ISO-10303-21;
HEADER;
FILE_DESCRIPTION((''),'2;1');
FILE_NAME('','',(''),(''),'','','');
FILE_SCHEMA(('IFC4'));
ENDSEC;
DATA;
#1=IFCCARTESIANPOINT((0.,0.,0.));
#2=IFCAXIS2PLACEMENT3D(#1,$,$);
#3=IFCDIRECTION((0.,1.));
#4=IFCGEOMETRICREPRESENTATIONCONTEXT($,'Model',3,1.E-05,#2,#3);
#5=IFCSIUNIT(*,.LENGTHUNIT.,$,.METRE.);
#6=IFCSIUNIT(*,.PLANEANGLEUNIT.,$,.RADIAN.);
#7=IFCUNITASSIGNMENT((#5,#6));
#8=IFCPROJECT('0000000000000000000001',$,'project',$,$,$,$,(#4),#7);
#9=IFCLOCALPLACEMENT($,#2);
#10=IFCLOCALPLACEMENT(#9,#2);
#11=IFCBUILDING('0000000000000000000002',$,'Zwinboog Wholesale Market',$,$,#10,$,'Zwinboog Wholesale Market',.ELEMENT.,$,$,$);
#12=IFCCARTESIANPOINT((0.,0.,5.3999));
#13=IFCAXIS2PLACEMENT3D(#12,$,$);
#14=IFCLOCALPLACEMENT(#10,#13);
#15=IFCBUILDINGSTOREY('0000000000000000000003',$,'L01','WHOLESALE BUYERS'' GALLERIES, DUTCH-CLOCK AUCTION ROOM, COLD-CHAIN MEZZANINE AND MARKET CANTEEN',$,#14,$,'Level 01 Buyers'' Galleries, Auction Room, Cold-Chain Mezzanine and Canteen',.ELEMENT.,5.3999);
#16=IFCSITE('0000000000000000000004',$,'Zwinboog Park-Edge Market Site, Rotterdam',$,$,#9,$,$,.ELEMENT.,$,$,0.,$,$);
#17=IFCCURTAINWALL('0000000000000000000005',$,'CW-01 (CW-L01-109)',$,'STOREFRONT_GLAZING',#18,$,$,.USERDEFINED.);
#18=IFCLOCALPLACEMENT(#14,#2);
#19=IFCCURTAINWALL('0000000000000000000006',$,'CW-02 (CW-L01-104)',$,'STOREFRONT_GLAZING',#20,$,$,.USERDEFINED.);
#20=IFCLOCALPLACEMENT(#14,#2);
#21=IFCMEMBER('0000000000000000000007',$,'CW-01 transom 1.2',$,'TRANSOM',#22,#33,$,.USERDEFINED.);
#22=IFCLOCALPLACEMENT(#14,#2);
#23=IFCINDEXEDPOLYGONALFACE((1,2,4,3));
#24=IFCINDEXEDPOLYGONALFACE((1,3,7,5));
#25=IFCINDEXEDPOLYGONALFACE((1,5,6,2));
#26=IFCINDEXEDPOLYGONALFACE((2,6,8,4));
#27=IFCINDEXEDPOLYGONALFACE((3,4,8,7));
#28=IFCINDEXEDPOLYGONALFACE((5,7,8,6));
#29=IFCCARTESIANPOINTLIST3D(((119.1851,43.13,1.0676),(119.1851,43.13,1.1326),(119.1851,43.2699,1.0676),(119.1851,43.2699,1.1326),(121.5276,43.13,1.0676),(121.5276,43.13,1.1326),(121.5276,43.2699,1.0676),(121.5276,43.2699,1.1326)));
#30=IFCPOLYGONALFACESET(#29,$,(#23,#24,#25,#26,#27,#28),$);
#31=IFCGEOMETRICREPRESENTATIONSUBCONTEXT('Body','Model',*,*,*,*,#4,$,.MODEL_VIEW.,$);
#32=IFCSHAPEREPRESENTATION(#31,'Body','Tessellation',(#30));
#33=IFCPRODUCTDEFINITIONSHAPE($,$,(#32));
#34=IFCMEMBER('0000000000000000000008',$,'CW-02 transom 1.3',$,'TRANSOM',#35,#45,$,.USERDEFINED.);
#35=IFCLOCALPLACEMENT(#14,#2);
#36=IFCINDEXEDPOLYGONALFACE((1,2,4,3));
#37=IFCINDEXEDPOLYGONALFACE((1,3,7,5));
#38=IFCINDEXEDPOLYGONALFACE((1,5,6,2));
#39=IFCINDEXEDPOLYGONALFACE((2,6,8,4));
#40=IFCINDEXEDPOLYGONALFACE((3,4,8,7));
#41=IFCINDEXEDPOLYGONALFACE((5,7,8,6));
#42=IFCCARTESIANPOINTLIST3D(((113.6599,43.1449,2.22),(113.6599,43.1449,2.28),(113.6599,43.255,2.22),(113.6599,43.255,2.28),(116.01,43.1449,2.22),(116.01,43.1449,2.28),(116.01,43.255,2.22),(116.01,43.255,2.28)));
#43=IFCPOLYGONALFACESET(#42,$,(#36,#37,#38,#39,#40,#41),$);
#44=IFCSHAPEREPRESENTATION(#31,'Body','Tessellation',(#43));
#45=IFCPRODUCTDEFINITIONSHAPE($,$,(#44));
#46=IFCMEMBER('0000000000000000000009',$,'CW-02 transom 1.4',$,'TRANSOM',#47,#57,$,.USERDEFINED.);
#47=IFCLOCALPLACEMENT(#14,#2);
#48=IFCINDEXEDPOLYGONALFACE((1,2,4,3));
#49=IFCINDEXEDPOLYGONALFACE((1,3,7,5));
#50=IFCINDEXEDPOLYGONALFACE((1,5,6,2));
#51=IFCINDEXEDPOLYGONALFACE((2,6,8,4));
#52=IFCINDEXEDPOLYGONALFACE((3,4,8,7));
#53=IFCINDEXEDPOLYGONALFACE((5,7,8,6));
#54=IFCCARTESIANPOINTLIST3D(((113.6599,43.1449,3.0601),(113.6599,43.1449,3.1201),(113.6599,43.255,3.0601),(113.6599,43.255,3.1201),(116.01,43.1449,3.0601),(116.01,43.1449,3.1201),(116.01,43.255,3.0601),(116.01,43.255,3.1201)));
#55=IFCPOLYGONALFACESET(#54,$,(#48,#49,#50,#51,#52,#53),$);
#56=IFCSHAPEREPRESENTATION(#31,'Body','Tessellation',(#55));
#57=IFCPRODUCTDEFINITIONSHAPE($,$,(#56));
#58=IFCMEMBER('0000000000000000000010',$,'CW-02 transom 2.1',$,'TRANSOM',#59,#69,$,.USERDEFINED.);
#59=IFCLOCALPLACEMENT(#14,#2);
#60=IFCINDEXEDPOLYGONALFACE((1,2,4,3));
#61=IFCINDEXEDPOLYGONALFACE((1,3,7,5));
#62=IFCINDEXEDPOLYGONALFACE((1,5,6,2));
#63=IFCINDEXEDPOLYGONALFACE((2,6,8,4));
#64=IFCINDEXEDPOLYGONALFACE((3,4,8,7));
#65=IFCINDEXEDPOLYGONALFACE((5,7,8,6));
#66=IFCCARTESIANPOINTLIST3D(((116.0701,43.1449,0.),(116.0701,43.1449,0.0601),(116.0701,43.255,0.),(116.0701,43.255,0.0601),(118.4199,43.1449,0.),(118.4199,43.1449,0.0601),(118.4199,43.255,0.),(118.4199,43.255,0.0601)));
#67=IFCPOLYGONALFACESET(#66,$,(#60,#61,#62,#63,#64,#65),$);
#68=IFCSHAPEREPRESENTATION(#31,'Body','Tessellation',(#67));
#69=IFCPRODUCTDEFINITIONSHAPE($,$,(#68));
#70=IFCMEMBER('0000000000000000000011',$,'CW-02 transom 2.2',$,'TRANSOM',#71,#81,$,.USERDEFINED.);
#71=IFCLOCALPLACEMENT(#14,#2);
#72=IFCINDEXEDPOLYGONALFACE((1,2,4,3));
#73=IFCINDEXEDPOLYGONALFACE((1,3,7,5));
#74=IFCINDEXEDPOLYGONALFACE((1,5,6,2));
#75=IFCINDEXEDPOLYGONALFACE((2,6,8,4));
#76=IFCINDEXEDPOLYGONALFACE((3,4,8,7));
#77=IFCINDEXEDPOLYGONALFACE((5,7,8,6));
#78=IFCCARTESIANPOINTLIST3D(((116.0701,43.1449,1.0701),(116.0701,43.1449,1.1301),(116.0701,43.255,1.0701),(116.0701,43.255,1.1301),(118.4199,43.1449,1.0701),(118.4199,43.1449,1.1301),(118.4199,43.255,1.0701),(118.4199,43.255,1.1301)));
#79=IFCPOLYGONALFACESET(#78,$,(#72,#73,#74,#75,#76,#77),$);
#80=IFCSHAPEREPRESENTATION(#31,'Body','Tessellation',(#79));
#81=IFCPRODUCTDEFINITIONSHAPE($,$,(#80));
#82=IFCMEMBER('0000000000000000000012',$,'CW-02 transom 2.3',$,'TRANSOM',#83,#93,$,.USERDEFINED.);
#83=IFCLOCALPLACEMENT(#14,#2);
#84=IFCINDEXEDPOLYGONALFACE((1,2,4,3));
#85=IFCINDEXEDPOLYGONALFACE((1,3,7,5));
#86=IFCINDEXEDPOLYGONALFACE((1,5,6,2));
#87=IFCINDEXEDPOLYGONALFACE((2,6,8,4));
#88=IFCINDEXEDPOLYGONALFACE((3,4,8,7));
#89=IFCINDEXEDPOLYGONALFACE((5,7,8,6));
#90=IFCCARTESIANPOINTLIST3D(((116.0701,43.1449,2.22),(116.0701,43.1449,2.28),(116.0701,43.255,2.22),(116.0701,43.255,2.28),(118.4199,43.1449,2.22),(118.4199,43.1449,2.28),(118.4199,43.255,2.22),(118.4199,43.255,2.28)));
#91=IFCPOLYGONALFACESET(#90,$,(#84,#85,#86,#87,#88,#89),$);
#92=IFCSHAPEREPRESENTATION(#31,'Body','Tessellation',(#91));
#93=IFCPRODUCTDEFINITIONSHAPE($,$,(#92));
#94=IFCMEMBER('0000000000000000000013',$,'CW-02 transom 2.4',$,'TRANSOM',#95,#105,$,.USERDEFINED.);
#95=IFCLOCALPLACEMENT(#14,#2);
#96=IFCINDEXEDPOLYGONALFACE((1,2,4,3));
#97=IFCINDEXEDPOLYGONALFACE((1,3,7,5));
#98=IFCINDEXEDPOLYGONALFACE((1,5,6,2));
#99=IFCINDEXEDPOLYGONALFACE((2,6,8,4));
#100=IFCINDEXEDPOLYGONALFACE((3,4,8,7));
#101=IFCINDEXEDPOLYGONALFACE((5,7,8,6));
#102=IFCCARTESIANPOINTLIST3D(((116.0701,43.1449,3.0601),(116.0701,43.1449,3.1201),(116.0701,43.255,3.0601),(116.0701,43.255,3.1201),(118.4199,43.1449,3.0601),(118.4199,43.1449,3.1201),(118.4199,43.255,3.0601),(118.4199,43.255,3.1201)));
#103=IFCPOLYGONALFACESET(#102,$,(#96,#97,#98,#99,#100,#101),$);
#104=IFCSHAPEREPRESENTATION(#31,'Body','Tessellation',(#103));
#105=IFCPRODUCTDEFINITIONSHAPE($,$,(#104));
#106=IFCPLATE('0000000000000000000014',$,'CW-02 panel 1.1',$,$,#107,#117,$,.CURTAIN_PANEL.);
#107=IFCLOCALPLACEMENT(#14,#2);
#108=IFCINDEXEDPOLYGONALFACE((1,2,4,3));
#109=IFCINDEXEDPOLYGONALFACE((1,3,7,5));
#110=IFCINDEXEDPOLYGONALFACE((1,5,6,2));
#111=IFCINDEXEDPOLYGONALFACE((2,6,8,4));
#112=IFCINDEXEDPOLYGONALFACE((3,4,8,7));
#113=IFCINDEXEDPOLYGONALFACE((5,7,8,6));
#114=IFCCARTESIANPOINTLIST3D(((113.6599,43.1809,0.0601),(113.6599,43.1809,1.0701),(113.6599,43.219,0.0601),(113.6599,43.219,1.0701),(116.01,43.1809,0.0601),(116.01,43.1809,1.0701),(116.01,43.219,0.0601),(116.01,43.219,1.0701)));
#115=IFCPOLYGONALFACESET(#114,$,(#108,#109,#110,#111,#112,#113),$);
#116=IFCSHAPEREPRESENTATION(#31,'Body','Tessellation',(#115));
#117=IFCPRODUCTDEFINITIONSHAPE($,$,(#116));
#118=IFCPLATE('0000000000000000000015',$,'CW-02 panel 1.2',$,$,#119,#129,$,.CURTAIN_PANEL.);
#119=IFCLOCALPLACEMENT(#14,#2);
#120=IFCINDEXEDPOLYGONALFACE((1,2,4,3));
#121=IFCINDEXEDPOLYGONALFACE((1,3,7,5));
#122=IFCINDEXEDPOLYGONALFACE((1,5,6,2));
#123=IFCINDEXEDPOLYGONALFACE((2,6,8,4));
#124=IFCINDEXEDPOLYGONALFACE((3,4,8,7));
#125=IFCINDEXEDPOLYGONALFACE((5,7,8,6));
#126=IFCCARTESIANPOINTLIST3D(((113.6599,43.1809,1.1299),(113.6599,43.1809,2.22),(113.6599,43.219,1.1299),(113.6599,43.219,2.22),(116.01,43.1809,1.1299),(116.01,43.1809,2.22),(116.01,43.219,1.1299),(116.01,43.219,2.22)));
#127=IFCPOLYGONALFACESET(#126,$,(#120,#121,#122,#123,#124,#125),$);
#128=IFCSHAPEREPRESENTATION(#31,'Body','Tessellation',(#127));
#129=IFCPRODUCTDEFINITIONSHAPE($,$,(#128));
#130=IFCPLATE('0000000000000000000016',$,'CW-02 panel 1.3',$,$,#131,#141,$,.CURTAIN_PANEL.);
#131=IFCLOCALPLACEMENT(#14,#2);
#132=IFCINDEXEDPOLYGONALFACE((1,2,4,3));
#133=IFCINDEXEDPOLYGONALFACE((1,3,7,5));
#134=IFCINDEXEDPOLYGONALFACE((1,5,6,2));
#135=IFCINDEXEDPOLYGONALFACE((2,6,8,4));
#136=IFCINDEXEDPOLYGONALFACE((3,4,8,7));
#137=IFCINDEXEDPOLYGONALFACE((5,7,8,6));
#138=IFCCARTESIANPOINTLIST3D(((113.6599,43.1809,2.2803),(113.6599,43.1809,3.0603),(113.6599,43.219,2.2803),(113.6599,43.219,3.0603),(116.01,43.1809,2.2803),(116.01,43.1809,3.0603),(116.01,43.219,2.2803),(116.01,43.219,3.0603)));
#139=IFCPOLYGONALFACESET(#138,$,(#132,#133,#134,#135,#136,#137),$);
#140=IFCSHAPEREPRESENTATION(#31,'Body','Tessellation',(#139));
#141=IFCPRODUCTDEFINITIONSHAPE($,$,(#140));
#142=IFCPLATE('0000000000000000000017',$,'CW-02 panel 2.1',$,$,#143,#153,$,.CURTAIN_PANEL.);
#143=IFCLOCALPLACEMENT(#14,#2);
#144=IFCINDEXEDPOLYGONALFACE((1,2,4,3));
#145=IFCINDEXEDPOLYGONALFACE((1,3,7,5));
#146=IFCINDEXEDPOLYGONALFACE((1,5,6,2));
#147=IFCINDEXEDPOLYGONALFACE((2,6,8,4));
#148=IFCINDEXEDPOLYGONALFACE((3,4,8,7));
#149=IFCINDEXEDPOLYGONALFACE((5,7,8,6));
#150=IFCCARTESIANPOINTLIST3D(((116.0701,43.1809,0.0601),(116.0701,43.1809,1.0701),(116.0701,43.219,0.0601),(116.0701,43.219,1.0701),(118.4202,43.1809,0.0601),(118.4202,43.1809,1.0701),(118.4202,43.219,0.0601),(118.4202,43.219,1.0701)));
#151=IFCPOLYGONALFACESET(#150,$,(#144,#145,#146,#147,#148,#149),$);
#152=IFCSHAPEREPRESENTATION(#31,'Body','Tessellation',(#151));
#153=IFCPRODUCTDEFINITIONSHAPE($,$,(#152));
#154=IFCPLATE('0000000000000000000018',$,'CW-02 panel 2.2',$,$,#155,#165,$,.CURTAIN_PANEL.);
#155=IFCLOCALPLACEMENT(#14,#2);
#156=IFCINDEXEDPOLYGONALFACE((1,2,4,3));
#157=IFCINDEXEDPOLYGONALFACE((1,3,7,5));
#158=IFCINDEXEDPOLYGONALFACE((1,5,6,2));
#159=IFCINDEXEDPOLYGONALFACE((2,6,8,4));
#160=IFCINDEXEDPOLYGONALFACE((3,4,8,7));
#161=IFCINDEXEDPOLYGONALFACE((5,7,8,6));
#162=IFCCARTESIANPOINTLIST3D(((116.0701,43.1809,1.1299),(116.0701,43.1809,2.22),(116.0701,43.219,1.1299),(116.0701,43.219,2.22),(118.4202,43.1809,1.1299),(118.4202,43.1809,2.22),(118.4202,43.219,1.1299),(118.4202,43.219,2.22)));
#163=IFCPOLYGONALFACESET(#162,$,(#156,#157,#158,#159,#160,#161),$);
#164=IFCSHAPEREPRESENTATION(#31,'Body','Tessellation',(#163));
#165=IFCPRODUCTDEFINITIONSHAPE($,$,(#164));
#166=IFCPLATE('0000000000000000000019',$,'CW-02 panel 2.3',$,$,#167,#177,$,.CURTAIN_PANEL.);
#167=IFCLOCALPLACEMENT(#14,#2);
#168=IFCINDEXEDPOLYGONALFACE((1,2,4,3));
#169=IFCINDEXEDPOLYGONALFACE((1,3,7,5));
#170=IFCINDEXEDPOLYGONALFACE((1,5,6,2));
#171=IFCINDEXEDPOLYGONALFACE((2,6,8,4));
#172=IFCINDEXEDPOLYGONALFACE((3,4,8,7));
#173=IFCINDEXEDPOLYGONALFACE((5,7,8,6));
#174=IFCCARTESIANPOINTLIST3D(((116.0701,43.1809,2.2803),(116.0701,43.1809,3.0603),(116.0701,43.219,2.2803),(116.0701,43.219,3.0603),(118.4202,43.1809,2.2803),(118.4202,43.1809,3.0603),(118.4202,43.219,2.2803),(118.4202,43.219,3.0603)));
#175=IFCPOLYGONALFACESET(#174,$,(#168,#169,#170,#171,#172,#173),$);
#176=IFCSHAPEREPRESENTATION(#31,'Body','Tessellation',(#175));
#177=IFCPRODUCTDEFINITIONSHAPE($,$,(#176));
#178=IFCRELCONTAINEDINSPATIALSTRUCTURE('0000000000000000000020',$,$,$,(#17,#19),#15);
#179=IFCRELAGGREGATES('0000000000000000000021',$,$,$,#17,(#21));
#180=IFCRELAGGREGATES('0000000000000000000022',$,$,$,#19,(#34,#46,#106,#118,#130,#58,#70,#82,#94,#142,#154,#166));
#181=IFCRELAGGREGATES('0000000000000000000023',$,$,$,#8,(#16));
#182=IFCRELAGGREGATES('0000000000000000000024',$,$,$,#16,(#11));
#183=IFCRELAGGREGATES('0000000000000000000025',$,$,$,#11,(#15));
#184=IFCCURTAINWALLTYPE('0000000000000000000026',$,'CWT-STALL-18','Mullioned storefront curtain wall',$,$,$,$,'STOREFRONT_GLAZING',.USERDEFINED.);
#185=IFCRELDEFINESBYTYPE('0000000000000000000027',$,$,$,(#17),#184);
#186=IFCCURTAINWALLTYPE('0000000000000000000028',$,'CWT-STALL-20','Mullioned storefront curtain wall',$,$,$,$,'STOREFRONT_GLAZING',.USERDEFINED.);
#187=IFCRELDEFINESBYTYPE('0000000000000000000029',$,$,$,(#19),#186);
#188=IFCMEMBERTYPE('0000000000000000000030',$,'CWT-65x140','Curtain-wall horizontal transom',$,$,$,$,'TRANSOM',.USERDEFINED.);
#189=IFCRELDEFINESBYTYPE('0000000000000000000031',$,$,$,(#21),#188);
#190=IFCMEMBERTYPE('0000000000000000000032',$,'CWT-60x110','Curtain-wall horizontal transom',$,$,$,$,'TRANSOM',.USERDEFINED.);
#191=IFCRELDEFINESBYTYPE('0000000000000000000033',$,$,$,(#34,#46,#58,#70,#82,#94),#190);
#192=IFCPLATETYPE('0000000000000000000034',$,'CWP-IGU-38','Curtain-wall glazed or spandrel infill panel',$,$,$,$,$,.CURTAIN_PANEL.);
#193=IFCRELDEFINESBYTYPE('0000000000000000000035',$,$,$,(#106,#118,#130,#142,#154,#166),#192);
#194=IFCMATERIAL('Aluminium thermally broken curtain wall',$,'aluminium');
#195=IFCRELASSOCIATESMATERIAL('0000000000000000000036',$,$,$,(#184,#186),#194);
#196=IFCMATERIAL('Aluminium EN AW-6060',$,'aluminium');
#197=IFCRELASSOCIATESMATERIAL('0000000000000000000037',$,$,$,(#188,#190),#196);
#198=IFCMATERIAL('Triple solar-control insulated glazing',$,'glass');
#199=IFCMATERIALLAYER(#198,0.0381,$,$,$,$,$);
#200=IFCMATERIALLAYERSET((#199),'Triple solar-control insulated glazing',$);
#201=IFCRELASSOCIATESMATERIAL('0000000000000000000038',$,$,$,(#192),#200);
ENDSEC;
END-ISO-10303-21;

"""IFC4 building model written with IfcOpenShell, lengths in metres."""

from ifc_helpers import new_model, si_unit, direction, frame, origin, origin_2d, place, context, subcontext, project, spatial, rectangle, extrude, material, layer, layer_set, material_profile, profile_set, type_object, element, aggregate, save


model = new_model("IFC4")

# Units and contexts
model_context = context("Model", 3, precision=1e-05, world=origin(), true_north=direction((0.0, 1.0)))
body_context = subcontext(model_context, "Body", "Model", "MODEL_VIEW")
ifc_project = project(units=[si_unit("LENGTHUNIT", "METRE"), si_unit("PLANEANGLEUNIT", "RADIAN")], contexts=[model_context])

# Site, building, storey
site_placement = place(None, origin())
site = spatial("IfcSite", under=ifc_project, at=site_placement, Name="Zwinboog Park-Edge Market Site, Rotterdam", CompositionType="ELEMENT", RefElevation=0.0)
building_placement = place(site_placement, origin())
building = spatial("IfcBuilding", under=site, at=building_placement, Name="Zwinboog Wholesale Market", LongName="Zwinboog Wholesale Market", CompositionType="ELEMENT")
storey_placement = place(building_placement, frame((0.0, 0.0, 5.3999)))
storey = spatial("IfcBuildingStorey", under=building, at=storey_placement, Name="L01", Description="WHOLESALE BUYERS' GALLERIES, DUTCH-CLOCK AUCTION ROOM, COLD-CHAIN MEZZANINE AND MARKET CANTEEN", LongName="Level 01 Buyers' Galleries, Auction Room, Cold-Chain Mezzanine and Canteen", CompositionType="ELEMENT", Elevation=5.3999)

# Curtain wall
ifc_material_1 = material(Name="Aluminium thermally broken curtain wall", Category="aluminium")
curtain_wall_type_1 = type_object("IfcCurtainWallType", Name="CWT-STALL-18", Description="Mullioned storefront curtain wall", ElementType="STOREFRONT_GLAZING", PredefinedType="USERDEFINED", material=ifc_material_1)
curtain_wall_1_placement = place(storey_placement, origin())
curtain_wall_1 = element("IfcCurtainWall", 1, at=curtain_wall_1_placement, inside=storey, type_object=curtain_wall_type_1, Name="CW-01 (CW-L01-109)", ObjectType="STOREFRONT_GLAZING", PredefinedType="USERDEFINED")
ifc_material_2 = material(Name="Aluminium EN AW-6060", Category="aluminium")

# Curtain wall
curtain_wall_type_2 = type_object("IfcCurtainWallType", Name="CWT-STALL-20", Description="Mullioned storefront curtain wall", ElementType="STOREFRONT_GLAZING", PredefinedType="USERDEFINED", material=ifc_material_1)
curtain_wall_2_placement = place(storey_placement, origin())
curtain_wall_2 = element("IfcCurtainWall", 2, at=curtain_wall_2_placement, inside=storey, type_object=curtain_wall_type_2, Name="CW-02 (CW-L01-104)", ObjectType="STOREFRONT_GLAZING", PredefinedType="USERDEFINED")

# Members
ifc_material_profile_1 = material_profile(ifc_material_2, rectangle(XDim=0.1399, YDim=0.0649, at=origin_2d()), Name="AL 65x140")
ifc_profile_set_1 = profile_set([ifc_material_profile_1], Name="Aluminium EN AW-6060")
member_type_1 = type_object("IfcMemberType", Name="CWT-65x140", Description="Curtain-wall horizontal transom", ElementType="TRANSOM", PredefinedType="USERDEFINED", material=ifc_profile_set_1)
member_1_placement = place(storey_placement, frame((119.1851, 43.2, 1.1001), z_axis=(1.0, 0.0, 0.0), x_axis=(0.0, 1.0, 0.0)))
member_1 = element("IfcMember", 3, at=member_1_placement, type_object=member_type_1, Name="CW-01 transom 1.2", ObjectType="TRANSOM", PredefinedType="USERDEFINED", context=body_context, shape_type="SweptSolid", body=[
    extrude(rectangle(XDim=0.1399, YDim=0.0649, at=origin_2d()), origin(), (0.0, 0.0, 1.0), 2.3425),
])
aggregate(curtain_wall_1, [member_1])
ifc_material_profile_2 = material_profile(ifc_material_2, rectangle(XDim=0.1101, YDim=0.0601, at=origin_2d()), Name="AL 60x110")
ifc_profile_set_2 = profile_set([ifc_material_profile_2], Name="Aluminium EN AW-6060")
member_type_2 = type_object("IfcMemberType", Name="CWT-60x110", Description="Curtain-wall horizontal transom", ElementType="TRANSOM", PredefinedType="USERDEFINED", material=ifc_profile_set_2)
member_2_placement = place(storey_placement, frame((113.6599, 43.2, 2.25), z_axis=(1.0, 0.0, 0.0), x_axis=(0.0, 1.0, 0.0)))
member_2 = element("IfcMember", 4, at=member_2_placement, type_object=member_type_2, Name="CW-02 transom 1.3", ObjectType="TRANSOM", PredefinedType="USERDEFINED", context=body_context, shape_type="SweptSolid", body=[
    extrude(rectangle(XDim=0.1101, YDim=0.0601, at=origin_2d()), origin(), (0.0, 0.0, 1.0), 2.3501),
])
member_3_placement = place(storey_placement, frame((113.6599, 43.2, 3.0901), z_axis=(1.0, 0.0, 0.0), x_axis=(0.0, 1.0, 0.0)))
member_3 = element("IfcMember", 5, at=member_3_placement, type_object=member_type_2, Name="CW-02 transom 1.4", ObjectType="TRANSOM", PredefinedType="USERDEFINED", context=body_context, shape_type="SweptSolid", body=[
    extrude(rectangle(XDim=0.1101, YDim=0.0601, at=origin_2d()), origin(), (0.0, 0.0, 1.0), 2.3501),
])
member_4_placement = place(storey_placement, frame((116.0701, 43.2, 0.03), z_axis=(1.0, 0.0, 0.0), x_axis=(0.0, 1.0, 0.0)))
member_4 = element("IfcMember", 6, at=member_4_placement, type_object=member_type_2, Name="CW-02 transom 2.1", ObjectType="TRANSOM", PredefinedType="USERDEFINED", context=body_context, shape_type="SweptSolid", body=[
    extrude(rectangle(XDim=0.1101, YDim=0.0601, at=origin_2d()), origin(), (0.0, 0.0, 1.0), 2.3499),
])
member_5_placement = place(storey_placement, frame((116.0701, 43.2, 1.1001), z_axis=(1.0, 0.0, 0.0), x_axis=(0.0, 1.0, 0.0)))
member_5 = element("IfcMember", 7, at=member_5_placement, type_object=member_type_2, Name="CW-02 transom 2.2", ObjectType="TRANSOM", PredefinedType="USERDEFINED", context=body_context, shape_type="SweptSolid", body=[
    extrude(rectangle(XDim=0.1101, YDim=0.0601, at=origin_2d()), origin(), (0.0, 0.0, 1.0), 2.3499),
])
member_6_placement = place(storey_placement, frame((116.0701, 43.2, 2.25), z_axis=(1.0, 0.0, 0.0), x_axis=(0.0, 1.0, 0.0)))
member_6 = element("IfcMember", 8, at=member_6_placement, type_object=member_type_2, Name="CW-02 transom 2.3", ObjectType="TRANSOM", PredefinedType="USERDEFINED", context=body_context, shape_type="SweptSolid", body=[
    extrude(rectangle(XDim=0.1101, YDim=0.0601, at=origin_2d()), origin(), (0.0, 0.0, 1.0), 2.3499),
])
member_7_placement = place(storey_placement, frame((116.0701, 43.2, 3.0901), z_axis=(1.0, 0.0, 0.0), x_axis=(0.0, 1.0, 0.0)))
member_7 = element("IfcMember", 9, at=member_7_placement, type_object=member_type_2, Name="CW-02 transom 2.4", ObjectType="TRANSOM", PredefinedType="USERDEFINED", context=body_context, shape_type="SweptSolid", body=[
    extrude(rectangle(XDim=0.1101, YDim=0.0601, at=origin_2d()), origin(), (0.0, 0.0, 1.0), 2.3499),
])

# Plates
ifc_material_3 = material(Name="Triple solar-control insulated glazing", Category="glass")
ifc_layer = layer(ifc_material_3, 0.0381)
ifc_layer_set = layer_set([ifc_layer], Name="Triple solar-control insulated glazing")
plate_type = type_object("IfcPlateType", Name="CWP-IGU-38", Description="Curtain-wall glazed or spandrel infill panel", PredefinedType="CURTAIN_PANEL", material=ifc_layer_set)
plate_1_placement = place(storey_placement, frame((114.835, 43.2, 0.0601), z_axis=(0.0, 0.0, 1.0), x_axis=(1.0, 0.0, 0.0)))
plate_1 = element("IfcPlate", 10, at=plate_1_placement, type_object=plate_type, Name="CW-02 panel 1.1", PredefinedType="CURTAIN_PANEL", context=body_context, shape_type="SweptSolid", body=[
    extrude(rectangle(XDim=2.3501, YDim=0.0381, at=origin_2d()), origin(), (0.0, 0.0, 1.0), 1.01),
])
plate_2_placement = place(storey_placement, frame((114.835, 43.2, 1.1299), z_axis=(0.0, 0.0, 1.0), x_axis=(1.0, 0.0, 0.0)))
plate_2 = element("IfcPlate", 11, at=plate_2_placement, type_object=plate_type, Name="CW-02 panel 1.2", PredefinedType="CURTAIN_PANEL", context=body_context, shape_type="SweptSolid", body=[
    extrude(rectangle(XDim=2.3501, YDim=0.0381, at=origin_2d()), origin(), (0.0, 0.0, 1.0), 1.0901),
])
plate_3_placement = place(storey_placement, frame((114.835, 43.2, 2.2803), z_axis=(0.0, 0.0, 1.0), x_axis=(1.0, 0.0, 0.0)))
plate_3 = element("IfcPlate", 12, at=plate_3_placement, type_object=plate_type, Name="CW-02 panel 1.3", PredefinedType="CURTAIN_PANEL", context=body_context, shape_type="SweptSolid", body=[
    extrude(rectangle(XDim=2.3501, YDim=0.0381, at=origin_2d()), origin(), (0.0, 0.0, 1.0), 0.78),
])
plate_4_placement = place(storey_placement, frame((117.2451, 43.2, 0.0601), z_axis=(0.0, 0.0, 1.0), x_axis=(1.0, 0.0, 0.0)))
plate_4 = element("IfcPlate", 13, at=plate_4_placement, type_object=plate_type, Name="CW-02 panel 2.1", PredefinedType="CURTAIN_PANEL", context=body_context, shape_type="SweptSolid", body=[
    extrude(rectangle(XDim=2.3501, YDim=0.0381, at=origin_2d()), origin(), (0.0, 0.0, 1.0), 1.01),
])
plate_5_placement = place(storey_placement, frame((117.2451, 43.2, 1.1299), z_axis=(0.0, 0.0, 1.0), x_axis=(1.0, 0.0, 0.0)))
plate_5 = element("IfcPlate", 14, at=plate_5_placement, type_object=plate_type, Name="CW-02 panel 2.2", PredefinedType="CURTAIN_PANEL", context=body_context, shape_type="SweptSolid", body=[
    extrude(rectangle(XDim=2.3501, YDim=0.0381, at=origin_2d()), origin(), (0.0, 0.0, 1.0), 1.0901),
])
plate_6_placement = place(storey_placement, frame((117.2451, 43.2, 2.2803), z_axis=(0.0, 0.0, 1.0), x_axis=(1.0, 0.0, 0.0)))
plate_6 = element("IfcPlate", 15, at=plate_6_placement, type_object=plate_type, Name="CW-02 panel 2.3", PredefinedType="CURTAIN_PANEL", context=body_context, shape_type="SweptSolid", body=[
    extrude(rectangle(XDim=2.3501, YDim=0.0381, at=origin_2d()), origin(), (0.0, 0.0, 1.0), 0.78),
])
aggregate(curtain_wall_2, [member_2, member_3, plate_1, plate_2, plate_3, member_4, member_5, member_6, member_7, plate_4, plate_5, plate_6])

save(model, "model.ifc")
